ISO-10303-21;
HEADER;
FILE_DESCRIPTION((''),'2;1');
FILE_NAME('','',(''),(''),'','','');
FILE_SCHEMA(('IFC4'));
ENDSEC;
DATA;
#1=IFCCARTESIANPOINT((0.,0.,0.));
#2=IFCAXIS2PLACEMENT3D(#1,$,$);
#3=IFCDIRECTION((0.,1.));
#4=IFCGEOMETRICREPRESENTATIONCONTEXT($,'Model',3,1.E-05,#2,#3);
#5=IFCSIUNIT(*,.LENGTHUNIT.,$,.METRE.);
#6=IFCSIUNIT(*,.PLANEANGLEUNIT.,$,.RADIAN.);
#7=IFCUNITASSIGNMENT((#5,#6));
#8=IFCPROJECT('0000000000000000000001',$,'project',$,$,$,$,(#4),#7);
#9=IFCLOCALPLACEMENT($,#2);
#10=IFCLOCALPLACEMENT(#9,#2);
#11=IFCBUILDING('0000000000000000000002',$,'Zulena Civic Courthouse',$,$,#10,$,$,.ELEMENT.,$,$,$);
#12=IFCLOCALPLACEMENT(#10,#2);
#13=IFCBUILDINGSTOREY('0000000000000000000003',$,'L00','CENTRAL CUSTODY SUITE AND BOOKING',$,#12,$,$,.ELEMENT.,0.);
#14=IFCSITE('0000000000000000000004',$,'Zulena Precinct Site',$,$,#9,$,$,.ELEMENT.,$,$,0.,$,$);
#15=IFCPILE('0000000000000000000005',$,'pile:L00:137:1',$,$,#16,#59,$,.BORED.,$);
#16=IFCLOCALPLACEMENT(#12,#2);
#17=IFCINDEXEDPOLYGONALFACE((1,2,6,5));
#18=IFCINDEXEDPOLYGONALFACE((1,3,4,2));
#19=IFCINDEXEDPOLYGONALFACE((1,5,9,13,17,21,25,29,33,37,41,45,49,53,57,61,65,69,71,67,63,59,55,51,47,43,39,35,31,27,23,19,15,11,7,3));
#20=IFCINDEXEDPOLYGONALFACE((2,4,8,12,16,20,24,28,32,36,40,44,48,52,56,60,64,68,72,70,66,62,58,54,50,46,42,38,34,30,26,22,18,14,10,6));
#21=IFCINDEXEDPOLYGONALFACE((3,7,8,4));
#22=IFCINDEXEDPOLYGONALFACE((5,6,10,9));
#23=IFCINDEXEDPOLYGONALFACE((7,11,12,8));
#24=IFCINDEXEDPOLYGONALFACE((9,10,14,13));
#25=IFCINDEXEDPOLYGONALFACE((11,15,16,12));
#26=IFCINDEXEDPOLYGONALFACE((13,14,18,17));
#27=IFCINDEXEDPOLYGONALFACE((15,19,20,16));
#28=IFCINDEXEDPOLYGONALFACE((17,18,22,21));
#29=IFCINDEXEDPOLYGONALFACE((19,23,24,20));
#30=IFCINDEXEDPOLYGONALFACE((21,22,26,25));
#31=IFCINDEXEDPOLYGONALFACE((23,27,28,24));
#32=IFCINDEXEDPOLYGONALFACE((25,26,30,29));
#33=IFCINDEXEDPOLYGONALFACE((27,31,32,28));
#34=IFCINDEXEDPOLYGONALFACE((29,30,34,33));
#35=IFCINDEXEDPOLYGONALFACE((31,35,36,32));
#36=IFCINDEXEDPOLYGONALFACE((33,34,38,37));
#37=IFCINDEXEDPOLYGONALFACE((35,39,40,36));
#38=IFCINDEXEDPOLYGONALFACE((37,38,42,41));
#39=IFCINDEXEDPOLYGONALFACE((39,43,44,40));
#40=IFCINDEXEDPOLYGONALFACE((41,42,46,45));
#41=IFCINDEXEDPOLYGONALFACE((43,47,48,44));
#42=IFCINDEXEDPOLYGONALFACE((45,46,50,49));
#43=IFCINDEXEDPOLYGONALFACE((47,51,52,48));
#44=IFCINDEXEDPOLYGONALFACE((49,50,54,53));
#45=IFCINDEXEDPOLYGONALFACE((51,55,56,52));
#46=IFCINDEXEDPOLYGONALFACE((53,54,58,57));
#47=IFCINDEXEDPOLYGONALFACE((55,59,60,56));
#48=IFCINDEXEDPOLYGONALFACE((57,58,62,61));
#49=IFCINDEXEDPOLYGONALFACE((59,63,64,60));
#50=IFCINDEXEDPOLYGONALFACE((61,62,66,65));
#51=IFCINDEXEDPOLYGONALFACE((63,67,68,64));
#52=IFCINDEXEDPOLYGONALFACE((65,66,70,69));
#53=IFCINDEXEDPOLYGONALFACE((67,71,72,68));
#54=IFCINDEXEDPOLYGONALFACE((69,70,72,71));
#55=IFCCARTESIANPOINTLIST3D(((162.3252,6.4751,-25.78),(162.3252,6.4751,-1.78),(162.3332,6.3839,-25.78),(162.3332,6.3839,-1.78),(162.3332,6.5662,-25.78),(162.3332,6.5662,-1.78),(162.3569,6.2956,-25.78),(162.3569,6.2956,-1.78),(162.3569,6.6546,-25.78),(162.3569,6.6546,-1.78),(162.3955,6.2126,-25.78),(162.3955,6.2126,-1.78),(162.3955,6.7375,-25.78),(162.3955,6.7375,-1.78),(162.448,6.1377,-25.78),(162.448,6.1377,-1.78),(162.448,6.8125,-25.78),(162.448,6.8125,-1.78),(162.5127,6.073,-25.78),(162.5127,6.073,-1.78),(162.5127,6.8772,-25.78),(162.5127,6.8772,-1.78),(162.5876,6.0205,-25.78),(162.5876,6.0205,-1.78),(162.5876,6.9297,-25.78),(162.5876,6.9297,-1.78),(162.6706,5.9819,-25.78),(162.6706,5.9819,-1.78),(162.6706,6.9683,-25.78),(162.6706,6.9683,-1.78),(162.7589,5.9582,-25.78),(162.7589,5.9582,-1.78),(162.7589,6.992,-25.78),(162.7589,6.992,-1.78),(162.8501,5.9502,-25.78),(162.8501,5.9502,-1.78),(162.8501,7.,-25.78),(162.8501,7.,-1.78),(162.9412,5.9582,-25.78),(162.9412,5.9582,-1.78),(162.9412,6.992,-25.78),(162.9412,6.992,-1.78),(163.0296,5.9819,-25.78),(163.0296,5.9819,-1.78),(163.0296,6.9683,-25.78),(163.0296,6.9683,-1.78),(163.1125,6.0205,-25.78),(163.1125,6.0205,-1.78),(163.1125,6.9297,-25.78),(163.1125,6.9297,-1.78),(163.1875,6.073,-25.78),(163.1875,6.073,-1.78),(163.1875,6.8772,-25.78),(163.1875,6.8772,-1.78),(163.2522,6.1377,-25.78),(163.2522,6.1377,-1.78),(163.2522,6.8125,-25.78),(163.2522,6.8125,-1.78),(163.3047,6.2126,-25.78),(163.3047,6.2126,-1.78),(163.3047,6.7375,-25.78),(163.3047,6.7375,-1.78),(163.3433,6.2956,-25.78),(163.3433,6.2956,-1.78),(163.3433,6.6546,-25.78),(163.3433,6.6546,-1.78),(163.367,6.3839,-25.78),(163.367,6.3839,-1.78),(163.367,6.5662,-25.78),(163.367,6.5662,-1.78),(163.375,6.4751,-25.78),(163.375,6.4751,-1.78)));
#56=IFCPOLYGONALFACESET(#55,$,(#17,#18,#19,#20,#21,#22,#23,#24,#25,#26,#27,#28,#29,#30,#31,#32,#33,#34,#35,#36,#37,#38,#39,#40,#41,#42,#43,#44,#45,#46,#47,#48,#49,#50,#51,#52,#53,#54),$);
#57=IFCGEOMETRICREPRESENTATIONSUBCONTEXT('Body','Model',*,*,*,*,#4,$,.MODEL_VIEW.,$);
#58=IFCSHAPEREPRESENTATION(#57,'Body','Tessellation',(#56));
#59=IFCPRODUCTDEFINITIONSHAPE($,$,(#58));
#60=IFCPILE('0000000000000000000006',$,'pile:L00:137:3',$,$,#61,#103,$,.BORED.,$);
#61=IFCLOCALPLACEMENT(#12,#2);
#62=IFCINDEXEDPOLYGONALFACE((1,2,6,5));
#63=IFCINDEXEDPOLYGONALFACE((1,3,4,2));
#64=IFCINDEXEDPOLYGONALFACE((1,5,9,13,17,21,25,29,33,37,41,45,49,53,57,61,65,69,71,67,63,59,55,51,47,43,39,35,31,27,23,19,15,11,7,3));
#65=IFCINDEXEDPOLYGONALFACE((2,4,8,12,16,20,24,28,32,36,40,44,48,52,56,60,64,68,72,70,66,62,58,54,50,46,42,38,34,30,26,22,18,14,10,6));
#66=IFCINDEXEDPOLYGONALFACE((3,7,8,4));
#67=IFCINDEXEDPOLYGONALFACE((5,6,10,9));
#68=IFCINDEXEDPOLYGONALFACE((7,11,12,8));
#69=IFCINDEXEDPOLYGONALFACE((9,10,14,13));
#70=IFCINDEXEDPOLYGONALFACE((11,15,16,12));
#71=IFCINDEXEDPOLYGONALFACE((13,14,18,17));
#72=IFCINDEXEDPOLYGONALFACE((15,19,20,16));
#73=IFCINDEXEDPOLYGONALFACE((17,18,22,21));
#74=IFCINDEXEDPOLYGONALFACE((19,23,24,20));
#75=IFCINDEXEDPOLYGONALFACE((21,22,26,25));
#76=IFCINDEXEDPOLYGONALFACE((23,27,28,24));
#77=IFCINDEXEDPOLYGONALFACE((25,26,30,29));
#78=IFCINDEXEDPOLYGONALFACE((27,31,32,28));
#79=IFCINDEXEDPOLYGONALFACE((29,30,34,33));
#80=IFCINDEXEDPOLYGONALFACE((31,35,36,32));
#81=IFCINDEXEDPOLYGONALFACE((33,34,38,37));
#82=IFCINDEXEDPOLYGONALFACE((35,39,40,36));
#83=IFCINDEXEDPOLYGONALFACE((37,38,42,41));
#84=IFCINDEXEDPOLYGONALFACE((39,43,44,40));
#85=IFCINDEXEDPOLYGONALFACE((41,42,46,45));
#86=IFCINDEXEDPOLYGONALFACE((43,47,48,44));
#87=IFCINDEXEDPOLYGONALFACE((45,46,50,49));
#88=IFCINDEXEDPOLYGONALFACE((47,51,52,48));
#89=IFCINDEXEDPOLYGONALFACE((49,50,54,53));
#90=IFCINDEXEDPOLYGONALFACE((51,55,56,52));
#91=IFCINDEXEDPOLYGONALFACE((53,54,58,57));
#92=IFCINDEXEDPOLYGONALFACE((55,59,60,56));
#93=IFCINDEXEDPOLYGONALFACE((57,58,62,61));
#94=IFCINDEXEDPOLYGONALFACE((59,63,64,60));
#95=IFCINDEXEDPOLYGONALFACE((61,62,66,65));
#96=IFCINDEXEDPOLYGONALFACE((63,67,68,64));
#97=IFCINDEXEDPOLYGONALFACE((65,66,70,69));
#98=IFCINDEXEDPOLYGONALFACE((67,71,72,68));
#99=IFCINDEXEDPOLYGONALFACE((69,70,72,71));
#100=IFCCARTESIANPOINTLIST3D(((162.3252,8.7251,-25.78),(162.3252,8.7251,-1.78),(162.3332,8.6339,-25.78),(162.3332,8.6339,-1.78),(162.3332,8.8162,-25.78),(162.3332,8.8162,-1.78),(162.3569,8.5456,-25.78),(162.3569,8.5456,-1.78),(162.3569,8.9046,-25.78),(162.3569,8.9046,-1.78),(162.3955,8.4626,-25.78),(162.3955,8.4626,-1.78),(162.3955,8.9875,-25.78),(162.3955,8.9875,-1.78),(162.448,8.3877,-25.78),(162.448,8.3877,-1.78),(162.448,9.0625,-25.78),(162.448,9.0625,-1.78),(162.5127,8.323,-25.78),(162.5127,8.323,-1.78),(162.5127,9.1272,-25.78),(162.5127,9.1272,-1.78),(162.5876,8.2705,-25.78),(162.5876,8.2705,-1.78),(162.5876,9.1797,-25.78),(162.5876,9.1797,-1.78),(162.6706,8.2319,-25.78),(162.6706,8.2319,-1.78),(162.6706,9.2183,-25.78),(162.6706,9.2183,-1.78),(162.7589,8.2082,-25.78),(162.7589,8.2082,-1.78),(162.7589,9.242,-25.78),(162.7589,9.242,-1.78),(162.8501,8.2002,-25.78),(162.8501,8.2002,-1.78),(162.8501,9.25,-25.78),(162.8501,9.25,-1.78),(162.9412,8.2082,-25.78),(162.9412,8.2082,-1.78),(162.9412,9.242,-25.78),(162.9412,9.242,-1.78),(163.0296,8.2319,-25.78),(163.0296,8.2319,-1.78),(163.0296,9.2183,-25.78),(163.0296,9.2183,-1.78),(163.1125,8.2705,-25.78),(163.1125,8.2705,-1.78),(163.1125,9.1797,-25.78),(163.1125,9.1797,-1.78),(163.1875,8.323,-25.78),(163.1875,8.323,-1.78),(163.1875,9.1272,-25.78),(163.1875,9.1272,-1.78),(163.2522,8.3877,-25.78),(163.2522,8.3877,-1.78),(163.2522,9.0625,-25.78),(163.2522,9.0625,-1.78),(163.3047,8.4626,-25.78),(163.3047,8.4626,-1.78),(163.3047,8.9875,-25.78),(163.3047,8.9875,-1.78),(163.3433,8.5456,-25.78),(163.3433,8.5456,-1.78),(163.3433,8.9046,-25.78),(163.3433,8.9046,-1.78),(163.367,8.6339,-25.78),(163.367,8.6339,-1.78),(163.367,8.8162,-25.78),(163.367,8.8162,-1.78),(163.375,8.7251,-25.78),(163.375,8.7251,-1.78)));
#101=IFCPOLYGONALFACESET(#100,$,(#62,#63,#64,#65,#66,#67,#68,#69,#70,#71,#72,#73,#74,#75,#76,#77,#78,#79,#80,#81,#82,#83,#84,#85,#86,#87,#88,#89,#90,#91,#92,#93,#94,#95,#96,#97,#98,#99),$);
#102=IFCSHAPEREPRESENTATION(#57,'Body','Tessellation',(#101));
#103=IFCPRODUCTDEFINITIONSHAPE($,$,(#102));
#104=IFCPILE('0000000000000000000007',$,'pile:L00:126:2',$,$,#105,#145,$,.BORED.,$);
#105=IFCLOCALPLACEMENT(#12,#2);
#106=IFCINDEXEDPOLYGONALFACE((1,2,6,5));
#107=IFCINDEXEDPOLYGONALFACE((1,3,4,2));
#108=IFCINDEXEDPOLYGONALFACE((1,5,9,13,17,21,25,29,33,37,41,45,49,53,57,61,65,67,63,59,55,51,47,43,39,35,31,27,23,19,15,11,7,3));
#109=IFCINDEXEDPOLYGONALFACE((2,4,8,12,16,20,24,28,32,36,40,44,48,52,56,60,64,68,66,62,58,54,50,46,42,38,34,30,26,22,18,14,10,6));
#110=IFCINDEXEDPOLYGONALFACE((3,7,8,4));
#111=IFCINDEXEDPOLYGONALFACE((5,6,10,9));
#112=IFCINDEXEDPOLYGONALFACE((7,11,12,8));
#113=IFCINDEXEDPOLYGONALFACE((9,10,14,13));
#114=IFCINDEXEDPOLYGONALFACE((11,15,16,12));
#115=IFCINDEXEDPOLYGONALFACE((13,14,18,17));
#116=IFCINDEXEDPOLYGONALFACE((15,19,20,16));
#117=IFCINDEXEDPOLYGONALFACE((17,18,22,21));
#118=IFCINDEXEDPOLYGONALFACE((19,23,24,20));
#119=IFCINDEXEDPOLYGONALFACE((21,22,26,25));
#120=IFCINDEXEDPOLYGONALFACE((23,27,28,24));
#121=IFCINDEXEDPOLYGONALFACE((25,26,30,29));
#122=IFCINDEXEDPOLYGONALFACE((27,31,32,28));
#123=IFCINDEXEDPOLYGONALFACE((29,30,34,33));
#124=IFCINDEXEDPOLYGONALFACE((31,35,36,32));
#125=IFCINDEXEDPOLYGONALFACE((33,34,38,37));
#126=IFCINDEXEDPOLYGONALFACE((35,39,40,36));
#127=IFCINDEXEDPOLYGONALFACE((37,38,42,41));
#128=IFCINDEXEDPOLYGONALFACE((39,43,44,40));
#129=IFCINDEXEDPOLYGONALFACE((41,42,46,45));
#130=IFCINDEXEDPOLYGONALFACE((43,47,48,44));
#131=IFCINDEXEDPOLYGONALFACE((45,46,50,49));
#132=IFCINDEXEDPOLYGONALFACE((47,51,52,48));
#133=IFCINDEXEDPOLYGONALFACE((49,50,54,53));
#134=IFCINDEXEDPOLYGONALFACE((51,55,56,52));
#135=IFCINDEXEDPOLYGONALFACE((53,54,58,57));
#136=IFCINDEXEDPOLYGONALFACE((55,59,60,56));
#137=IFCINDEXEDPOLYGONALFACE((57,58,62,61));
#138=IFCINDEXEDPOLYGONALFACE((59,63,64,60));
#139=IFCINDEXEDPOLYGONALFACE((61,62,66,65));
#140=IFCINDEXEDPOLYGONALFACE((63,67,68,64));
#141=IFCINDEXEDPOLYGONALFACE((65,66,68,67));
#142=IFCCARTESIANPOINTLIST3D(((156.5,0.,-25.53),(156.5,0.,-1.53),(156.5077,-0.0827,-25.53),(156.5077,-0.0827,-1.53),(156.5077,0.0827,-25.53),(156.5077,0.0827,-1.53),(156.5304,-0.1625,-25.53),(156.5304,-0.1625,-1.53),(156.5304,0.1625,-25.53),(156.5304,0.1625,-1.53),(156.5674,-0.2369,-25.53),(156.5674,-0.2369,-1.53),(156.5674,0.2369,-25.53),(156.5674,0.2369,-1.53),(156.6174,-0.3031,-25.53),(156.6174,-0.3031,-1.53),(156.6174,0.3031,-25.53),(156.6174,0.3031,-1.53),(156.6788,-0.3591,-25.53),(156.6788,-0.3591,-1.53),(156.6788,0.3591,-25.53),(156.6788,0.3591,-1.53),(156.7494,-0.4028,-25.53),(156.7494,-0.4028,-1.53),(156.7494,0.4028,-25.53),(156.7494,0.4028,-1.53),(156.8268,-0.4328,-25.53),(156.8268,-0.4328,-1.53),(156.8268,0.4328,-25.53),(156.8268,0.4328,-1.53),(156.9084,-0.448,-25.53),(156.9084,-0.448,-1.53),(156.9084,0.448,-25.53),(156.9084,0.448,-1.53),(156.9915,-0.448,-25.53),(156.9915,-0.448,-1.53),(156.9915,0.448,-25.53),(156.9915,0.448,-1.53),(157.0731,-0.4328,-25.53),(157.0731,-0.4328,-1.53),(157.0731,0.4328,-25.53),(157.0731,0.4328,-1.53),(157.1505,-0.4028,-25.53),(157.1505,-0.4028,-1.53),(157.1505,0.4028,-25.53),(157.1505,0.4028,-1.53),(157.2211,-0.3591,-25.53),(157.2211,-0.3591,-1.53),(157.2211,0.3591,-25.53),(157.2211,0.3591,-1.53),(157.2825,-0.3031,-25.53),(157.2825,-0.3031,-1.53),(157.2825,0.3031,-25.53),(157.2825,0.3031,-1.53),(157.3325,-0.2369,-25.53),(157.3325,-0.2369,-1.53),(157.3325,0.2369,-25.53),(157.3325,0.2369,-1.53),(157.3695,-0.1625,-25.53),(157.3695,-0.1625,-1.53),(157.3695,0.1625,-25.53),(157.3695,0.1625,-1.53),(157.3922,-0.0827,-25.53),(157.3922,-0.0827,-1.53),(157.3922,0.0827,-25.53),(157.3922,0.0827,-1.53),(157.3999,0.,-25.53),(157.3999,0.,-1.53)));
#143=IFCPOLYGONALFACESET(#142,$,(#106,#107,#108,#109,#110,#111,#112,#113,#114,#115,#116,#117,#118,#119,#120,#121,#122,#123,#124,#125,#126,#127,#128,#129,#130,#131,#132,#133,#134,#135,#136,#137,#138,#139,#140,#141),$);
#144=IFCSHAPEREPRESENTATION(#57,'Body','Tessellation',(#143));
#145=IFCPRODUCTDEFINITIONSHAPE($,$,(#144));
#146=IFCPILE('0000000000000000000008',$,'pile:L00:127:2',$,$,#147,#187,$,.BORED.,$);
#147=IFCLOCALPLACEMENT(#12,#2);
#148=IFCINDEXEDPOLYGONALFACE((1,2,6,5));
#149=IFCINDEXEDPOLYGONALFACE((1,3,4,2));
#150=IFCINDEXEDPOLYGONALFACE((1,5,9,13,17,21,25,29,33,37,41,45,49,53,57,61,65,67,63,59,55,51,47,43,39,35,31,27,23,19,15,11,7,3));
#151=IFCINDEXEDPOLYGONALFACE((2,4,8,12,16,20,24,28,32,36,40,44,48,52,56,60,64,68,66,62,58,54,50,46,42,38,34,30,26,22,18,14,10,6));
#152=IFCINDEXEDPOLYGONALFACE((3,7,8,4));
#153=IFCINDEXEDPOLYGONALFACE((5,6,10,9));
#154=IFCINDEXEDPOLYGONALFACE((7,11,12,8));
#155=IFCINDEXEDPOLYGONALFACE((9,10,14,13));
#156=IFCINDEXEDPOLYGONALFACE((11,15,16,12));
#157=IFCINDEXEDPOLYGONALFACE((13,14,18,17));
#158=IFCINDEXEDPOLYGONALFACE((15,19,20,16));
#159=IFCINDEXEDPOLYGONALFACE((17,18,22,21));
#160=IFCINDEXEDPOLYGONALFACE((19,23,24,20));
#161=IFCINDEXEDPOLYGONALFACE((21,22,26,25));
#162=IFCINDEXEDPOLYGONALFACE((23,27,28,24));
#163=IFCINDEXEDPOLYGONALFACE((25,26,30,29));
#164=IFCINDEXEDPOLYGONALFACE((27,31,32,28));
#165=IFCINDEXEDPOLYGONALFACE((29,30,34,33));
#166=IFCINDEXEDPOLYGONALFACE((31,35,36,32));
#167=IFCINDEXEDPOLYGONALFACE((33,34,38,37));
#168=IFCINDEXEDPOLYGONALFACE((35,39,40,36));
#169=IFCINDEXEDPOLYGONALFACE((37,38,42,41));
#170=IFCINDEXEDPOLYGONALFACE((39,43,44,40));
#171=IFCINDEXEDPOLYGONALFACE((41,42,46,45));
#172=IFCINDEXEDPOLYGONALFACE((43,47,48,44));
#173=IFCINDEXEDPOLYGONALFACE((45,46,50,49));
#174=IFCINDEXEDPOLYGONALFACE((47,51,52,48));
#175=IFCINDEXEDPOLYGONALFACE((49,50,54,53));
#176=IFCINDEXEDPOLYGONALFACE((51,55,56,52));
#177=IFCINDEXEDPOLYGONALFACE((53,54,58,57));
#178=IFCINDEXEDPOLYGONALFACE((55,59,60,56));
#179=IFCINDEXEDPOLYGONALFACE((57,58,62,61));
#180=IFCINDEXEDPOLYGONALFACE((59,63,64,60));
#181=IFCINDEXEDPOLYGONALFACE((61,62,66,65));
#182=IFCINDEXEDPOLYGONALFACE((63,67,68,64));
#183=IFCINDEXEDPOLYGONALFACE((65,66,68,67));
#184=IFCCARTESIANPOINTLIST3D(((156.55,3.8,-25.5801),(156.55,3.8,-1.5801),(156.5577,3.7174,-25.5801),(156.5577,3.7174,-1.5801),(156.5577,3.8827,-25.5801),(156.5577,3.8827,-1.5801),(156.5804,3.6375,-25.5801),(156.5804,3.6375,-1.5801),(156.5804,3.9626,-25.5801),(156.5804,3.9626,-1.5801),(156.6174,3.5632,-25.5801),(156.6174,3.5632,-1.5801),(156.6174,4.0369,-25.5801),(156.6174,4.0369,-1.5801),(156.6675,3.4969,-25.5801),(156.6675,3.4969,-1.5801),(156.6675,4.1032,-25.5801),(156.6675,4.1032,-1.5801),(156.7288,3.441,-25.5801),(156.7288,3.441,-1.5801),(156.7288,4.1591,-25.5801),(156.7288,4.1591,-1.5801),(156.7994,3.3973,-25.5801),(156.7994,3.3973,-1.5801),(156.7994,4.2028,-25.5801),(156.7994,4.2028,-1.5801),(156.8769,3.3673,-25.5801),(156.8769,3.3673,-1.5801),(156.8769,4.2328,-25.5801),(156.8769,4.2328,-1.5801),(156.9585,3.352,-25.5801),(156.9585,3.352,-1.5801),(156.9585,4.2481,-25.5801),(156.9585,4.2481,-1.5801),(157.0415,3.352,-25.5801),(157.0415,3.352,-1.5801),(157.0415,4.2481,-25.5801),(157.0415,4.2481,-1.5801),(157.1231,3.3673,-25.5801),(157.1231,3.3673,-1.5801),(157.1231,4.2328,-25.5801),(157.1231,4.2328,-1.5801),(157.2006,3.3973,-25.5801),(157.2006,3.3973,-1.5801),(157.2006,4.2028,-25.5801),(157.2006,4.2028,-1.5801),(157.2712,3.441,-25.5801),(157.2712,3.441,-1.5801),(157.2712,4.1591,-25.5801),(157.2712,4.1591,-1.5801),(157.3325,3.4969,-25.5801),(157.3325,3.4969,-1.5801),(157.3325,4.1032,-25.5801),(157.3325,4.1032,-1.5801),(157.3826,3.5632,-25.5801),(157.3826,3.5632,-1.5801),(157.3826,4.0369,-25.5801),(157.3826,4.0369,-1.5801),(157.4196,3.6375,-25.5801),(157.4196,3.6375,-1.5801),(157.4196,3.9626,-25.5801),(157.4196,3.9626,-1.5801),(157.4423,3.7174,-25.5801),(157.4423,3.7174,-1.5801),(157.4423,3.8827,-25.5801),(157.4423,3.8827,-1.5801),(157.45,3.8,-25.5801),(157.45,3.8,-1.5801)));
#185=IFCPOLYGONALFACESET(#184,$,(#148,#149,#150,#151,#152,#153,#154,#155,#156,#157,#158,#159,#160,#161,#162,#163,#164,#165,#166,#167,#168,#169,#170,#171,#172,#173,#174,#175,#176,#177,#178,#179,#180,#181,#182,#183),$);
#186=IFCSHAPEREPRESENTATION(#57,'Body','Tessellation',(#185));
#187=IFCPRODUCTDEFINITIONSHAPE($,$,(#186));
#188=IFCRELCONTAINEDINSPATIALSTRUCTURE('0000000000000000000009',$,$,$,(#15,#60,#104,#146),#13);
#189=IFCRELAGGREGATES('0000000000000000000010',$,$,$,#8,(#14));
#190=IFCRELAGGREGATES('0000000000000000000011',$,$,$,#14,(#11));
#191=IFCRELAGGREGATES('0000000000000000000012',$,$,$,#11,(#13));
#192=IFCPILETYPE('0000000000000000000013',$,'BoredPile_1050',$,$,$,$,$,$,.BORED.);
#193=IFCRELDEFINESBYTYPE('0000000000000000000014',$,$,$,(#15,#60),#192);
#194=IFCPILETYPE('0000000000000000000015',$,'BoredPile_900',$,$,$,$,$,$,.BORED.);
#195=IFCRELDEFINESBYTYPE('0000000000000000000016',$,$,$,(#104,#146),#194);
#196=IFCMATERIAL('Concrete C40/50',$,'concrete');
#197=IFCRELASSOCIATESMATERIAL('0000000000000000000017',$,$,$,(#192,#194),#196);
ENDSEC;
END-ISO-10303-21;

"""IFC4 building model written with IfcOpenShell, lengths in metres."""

from ifc_helpers import new_model, si_unit, direction, frame, origin, origin_2d, place, context, subcontext, project, spatial, circle, extrude, material, material_profile, profile_set, type_object, element, save


model = new_model("IFC4")

# Units and contexts
model_context = context("Model", 3, precision=1e-05, world=origin(), true_north=direction((0.0, 1.0)))
body_context = subcontext(model_context, "Body", "Model", "MODEL_VIEW")
ifc_project = project(units=[si_unit("LENGTHUNIT", "METRE"), si_unit("PLANEANGLEUNIT", "RADIAN")], contexts=[model_context])

# Site, building, storey
site_placement = place(None, origin())
site = spatial("IfcSite", under=ifc_project, at=site_placement, Name="Zulena Precinct Site", CompositionType="ELEMENT", RefElevation=0.0)
building_placement = place(site_placement, origin())
building = spatial("IfcBuilding", under=site, at=building_placement, Name="Zulena Civic Courthouse", CompositionType="ELEMENT")
storey_placement = place(building_placement, origin())
storey = spatial("IfcBuildingStorey", under=building, at=storey_placement, Name="L00", Description="CENTRAL CUSTODY SUITE AND BOOKING", CompositionType="ELEMENT", Elevation=0.0)

# Piles
ifc_material_1 = material(Name="Concrete C40/50", Category="concrete")
ifc_material_profile_1 = material_profile(ifc_material_1, circle(Radius=0.5249, at=origin_2d()), Name="PILE1050")
ifc_profile_set_1 = profile_set([ifc_material_profile_1], Name="Concrete C40/50")
pile_type_1 = type_object("IfcPileType", Name="BoredPile_1050", PredefinedType="BORED", material=ifc_profile_set_1)
for number, where, z_axis, x_axis, name in (
    (1, (162.8501, 6.4751, -1.78), (0.0, 0.0, -1.0), (1.0, 0.0, 0.0), "pile:L00:137:1"),
    (2, (162.8501, 8.7251, -1.78), (0.0, 0.0, -1.0), (1.0, 0.0, 0.0), "pile:L00:137:3"),
):
    element("IfcPile", number, at=place(storey_placement, frame(where, z_axis=z_axis, x_axis=x_axis)), inside=storey, type_object=pile_type_1, Name=name, PredefinedType="BORED", context=body_context, shape_type="SweptSolid", body=[
        extrude(circle(Radius=0.5249, at=origin_2d()), origin(), (0.0, 0.0, 1.0), 24.0),
    ])
ifc_material_profile_2 = material_profile(ifc_material_1, circle(Radius=0.45, at=origin_2d()), Name="PILE900")
ifc_profile_set_2 = profile_set([ifc_material_profile_2], Name="Concrete C40/50")
pile_type_2 = type_object("IfcPileType", Name="BoredPile_900", PredefinedType="BORED", material=ifc_profile_set_2)
for number, where, z_axis, x_axis, name in (
    (3, (156.95, 0.0, -1.53), (0.0, 0.0, -1.0), (1.0, 0.0, 0.0), "pile:L00:126:2"),
    (4, (157.0, 3.8, -1.5801), (0.0, 0.0, -1.0), (1.0, 0.0, 0.0), "pile:L00:127:2"),
):
    element("IfcPile", number, at=place(storey_placement, frame(where, z_axis=z_axis, x_axis=x_axis)), inside=storey, type_object=pile_type_2, Name=name, PredefinedType="BORED", context=body_context, shape_type="SweptSolid", body=[
        extrude(circle(Radius=0.45, at=origin_2d()), origin(), (0.0, 0.0, 1.0), 24.0),
    ])

save(model, "model.ifc")
